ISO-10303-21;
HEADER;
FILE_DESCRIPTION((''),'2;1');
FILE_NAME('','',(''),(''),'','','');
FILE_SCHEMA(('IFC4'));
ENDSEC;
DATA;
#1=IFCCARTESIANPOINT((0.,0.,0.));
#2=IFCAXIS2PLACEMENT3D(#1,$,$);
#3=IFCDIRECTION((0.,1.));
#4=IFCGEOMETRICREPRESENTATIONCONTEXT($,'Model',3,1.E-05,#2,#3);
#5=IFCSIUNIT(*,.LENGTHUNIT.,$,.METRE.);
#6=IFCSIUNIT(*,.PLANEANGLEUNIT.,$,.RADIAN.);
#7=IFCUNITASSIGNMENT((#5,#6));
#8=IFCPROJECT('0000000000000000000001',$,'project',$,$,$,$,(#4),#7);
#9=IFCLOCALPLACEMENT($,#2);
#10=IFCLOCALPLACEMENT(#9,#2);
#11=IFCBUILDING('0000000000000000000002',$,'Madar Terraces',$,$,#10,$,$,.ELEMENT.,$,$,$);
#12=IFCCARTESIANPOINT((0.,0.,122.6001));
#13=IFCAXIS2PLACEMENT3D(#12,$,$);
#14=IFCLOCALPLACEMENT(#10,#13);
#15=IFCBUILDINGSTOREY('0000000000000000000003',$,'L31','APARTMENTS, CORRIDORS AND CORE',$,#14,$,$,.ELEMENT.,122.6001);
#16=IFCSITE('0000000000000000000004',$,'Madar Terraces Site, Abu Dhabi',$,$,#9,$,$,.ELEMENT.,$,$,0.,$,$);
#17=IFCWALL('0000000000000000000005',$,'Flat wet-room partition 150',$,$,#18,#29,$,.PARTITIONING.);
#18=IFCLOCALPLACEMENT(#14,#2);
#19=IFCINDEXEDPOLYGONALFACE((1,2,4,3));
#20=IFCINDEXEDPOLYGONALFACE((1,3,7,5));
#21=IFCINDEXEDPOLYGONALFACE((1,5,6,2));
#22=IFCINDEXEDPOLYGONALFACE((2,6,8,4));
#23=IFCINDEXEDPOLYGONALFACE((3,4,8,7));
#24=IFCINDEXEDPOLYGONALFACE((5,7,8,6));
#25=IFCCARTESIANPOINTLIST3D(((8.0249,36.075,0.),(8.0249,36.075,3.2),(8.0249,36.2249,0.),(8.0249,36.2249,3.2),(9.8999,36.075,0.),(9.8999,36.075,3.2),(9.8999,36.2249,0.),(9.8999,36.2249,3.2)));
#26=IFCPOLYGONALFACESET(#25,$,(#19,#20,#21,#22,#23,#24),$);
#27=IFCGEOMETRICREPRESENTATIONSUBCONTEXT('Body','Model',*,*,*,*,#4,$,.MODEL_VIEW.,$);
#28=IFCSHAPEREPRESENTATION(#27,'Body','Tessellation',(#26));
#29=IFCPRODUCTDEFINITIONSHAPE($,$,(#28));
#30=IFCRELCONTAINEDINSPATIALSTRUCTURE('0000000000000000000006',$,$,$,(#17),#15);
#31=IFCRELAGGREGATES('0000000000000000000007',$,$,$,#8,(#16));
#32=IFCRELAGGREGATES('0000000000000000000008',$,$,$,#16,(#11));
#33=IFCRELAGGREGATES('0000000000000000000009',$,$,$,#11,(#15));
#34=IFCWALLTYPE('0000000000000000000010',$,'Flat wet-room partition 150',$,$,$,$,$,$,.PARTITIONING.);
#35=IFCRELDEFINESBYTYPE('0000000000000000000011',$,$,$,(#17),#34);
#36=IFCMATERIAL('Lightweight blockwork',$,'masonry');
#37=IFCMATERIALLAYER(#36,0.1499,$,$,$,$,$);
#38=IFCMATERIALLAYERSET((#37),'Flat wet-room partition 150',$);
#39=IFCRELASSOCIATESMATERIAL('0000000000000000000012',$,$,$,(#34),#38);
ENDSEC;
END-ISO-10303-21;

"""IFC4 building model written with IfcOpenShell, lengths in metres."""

from ifc_helpers import new_model, si_unit, direction, frame, frame_2d, origin, place, context, subcontext, project, spatial, rectangle, extrude, material, layer, layer_set, type_object, element, save


model = new_model("IFC4")

# Units and contexts
model_context = context("Model", 3, precision=1e-05, world=origin(), true_north=direction((0.0, 1.0)))
body_context = subcontext(model_context, "Body", "Model", "MODEL_VIEW")
ifc_project = project(units=[si_unit("LENGTHUNIT", "METRE"), si_unit("PLANEANGLEUNIT", "RADIAN")], contexts=[model_context])

# Site, building, storey
site_placement = place(None, origin())
site = spatial("IfcSite", under=ifc_project, at=site_placement, Name="Madar Terraces Site, Abu Dhabi", CompositionType="ELEMENT", RefElevation=0.0)
building_placement = place(site_placement, origin())
building = spatial("IfcBuilding", under=site, at=building_placement, Name="Madar Terraces", CompositionType="ELEMENT")
storey_placement = place(building_placement, frame((0.0, 0.0, 122.6001)))
storey = spatial("IfcBuildingStorey", under=building, at=storey_placement, Name="L31", Description="APARTMENTS, CORRIDORS AND CORE", CompositionType="ELEMENT", Elevation=122.6001)

# Shared definitions
ifc_material_1 = material(Name="Lightweight blockwork", Category="masonry")
ifc_layer_1 = layer(ifc_material_1, 0.1499)
ifc_layer_set_1 = layer_set([ifc_layer_1], Name="Flat wet-room partition 150")
wall_type_1 = type_object("IfcWallType", Name="Flat wet-room partition 150", PredefinedType="PARTITIONING", material=ifc_layer_set_1)

# Wall
wall_1_placement = place(storey_placement, frame((9.8999, 36.1499, 0.0), z_axis=(0.0, 0.0, 1.0), x_axis=(-1.0, 0.0, 0.0)))
element("IfcWall", 1, at=wall_1_placement, inside=storey, type_object=wall_type_1, Name="Flat wet-room partition 150", PredefinedType="PARTITIONING", context=body_context, shape_type="SweptSolid", body=[
    extrude(rectangle(XDim=1.875, YDim=0.1499, at=frame_2d((0.9375, 0.0))), origin(), (0.0, 0.0, 1.0), 3.2),
])

save(model, "model.ifc")
